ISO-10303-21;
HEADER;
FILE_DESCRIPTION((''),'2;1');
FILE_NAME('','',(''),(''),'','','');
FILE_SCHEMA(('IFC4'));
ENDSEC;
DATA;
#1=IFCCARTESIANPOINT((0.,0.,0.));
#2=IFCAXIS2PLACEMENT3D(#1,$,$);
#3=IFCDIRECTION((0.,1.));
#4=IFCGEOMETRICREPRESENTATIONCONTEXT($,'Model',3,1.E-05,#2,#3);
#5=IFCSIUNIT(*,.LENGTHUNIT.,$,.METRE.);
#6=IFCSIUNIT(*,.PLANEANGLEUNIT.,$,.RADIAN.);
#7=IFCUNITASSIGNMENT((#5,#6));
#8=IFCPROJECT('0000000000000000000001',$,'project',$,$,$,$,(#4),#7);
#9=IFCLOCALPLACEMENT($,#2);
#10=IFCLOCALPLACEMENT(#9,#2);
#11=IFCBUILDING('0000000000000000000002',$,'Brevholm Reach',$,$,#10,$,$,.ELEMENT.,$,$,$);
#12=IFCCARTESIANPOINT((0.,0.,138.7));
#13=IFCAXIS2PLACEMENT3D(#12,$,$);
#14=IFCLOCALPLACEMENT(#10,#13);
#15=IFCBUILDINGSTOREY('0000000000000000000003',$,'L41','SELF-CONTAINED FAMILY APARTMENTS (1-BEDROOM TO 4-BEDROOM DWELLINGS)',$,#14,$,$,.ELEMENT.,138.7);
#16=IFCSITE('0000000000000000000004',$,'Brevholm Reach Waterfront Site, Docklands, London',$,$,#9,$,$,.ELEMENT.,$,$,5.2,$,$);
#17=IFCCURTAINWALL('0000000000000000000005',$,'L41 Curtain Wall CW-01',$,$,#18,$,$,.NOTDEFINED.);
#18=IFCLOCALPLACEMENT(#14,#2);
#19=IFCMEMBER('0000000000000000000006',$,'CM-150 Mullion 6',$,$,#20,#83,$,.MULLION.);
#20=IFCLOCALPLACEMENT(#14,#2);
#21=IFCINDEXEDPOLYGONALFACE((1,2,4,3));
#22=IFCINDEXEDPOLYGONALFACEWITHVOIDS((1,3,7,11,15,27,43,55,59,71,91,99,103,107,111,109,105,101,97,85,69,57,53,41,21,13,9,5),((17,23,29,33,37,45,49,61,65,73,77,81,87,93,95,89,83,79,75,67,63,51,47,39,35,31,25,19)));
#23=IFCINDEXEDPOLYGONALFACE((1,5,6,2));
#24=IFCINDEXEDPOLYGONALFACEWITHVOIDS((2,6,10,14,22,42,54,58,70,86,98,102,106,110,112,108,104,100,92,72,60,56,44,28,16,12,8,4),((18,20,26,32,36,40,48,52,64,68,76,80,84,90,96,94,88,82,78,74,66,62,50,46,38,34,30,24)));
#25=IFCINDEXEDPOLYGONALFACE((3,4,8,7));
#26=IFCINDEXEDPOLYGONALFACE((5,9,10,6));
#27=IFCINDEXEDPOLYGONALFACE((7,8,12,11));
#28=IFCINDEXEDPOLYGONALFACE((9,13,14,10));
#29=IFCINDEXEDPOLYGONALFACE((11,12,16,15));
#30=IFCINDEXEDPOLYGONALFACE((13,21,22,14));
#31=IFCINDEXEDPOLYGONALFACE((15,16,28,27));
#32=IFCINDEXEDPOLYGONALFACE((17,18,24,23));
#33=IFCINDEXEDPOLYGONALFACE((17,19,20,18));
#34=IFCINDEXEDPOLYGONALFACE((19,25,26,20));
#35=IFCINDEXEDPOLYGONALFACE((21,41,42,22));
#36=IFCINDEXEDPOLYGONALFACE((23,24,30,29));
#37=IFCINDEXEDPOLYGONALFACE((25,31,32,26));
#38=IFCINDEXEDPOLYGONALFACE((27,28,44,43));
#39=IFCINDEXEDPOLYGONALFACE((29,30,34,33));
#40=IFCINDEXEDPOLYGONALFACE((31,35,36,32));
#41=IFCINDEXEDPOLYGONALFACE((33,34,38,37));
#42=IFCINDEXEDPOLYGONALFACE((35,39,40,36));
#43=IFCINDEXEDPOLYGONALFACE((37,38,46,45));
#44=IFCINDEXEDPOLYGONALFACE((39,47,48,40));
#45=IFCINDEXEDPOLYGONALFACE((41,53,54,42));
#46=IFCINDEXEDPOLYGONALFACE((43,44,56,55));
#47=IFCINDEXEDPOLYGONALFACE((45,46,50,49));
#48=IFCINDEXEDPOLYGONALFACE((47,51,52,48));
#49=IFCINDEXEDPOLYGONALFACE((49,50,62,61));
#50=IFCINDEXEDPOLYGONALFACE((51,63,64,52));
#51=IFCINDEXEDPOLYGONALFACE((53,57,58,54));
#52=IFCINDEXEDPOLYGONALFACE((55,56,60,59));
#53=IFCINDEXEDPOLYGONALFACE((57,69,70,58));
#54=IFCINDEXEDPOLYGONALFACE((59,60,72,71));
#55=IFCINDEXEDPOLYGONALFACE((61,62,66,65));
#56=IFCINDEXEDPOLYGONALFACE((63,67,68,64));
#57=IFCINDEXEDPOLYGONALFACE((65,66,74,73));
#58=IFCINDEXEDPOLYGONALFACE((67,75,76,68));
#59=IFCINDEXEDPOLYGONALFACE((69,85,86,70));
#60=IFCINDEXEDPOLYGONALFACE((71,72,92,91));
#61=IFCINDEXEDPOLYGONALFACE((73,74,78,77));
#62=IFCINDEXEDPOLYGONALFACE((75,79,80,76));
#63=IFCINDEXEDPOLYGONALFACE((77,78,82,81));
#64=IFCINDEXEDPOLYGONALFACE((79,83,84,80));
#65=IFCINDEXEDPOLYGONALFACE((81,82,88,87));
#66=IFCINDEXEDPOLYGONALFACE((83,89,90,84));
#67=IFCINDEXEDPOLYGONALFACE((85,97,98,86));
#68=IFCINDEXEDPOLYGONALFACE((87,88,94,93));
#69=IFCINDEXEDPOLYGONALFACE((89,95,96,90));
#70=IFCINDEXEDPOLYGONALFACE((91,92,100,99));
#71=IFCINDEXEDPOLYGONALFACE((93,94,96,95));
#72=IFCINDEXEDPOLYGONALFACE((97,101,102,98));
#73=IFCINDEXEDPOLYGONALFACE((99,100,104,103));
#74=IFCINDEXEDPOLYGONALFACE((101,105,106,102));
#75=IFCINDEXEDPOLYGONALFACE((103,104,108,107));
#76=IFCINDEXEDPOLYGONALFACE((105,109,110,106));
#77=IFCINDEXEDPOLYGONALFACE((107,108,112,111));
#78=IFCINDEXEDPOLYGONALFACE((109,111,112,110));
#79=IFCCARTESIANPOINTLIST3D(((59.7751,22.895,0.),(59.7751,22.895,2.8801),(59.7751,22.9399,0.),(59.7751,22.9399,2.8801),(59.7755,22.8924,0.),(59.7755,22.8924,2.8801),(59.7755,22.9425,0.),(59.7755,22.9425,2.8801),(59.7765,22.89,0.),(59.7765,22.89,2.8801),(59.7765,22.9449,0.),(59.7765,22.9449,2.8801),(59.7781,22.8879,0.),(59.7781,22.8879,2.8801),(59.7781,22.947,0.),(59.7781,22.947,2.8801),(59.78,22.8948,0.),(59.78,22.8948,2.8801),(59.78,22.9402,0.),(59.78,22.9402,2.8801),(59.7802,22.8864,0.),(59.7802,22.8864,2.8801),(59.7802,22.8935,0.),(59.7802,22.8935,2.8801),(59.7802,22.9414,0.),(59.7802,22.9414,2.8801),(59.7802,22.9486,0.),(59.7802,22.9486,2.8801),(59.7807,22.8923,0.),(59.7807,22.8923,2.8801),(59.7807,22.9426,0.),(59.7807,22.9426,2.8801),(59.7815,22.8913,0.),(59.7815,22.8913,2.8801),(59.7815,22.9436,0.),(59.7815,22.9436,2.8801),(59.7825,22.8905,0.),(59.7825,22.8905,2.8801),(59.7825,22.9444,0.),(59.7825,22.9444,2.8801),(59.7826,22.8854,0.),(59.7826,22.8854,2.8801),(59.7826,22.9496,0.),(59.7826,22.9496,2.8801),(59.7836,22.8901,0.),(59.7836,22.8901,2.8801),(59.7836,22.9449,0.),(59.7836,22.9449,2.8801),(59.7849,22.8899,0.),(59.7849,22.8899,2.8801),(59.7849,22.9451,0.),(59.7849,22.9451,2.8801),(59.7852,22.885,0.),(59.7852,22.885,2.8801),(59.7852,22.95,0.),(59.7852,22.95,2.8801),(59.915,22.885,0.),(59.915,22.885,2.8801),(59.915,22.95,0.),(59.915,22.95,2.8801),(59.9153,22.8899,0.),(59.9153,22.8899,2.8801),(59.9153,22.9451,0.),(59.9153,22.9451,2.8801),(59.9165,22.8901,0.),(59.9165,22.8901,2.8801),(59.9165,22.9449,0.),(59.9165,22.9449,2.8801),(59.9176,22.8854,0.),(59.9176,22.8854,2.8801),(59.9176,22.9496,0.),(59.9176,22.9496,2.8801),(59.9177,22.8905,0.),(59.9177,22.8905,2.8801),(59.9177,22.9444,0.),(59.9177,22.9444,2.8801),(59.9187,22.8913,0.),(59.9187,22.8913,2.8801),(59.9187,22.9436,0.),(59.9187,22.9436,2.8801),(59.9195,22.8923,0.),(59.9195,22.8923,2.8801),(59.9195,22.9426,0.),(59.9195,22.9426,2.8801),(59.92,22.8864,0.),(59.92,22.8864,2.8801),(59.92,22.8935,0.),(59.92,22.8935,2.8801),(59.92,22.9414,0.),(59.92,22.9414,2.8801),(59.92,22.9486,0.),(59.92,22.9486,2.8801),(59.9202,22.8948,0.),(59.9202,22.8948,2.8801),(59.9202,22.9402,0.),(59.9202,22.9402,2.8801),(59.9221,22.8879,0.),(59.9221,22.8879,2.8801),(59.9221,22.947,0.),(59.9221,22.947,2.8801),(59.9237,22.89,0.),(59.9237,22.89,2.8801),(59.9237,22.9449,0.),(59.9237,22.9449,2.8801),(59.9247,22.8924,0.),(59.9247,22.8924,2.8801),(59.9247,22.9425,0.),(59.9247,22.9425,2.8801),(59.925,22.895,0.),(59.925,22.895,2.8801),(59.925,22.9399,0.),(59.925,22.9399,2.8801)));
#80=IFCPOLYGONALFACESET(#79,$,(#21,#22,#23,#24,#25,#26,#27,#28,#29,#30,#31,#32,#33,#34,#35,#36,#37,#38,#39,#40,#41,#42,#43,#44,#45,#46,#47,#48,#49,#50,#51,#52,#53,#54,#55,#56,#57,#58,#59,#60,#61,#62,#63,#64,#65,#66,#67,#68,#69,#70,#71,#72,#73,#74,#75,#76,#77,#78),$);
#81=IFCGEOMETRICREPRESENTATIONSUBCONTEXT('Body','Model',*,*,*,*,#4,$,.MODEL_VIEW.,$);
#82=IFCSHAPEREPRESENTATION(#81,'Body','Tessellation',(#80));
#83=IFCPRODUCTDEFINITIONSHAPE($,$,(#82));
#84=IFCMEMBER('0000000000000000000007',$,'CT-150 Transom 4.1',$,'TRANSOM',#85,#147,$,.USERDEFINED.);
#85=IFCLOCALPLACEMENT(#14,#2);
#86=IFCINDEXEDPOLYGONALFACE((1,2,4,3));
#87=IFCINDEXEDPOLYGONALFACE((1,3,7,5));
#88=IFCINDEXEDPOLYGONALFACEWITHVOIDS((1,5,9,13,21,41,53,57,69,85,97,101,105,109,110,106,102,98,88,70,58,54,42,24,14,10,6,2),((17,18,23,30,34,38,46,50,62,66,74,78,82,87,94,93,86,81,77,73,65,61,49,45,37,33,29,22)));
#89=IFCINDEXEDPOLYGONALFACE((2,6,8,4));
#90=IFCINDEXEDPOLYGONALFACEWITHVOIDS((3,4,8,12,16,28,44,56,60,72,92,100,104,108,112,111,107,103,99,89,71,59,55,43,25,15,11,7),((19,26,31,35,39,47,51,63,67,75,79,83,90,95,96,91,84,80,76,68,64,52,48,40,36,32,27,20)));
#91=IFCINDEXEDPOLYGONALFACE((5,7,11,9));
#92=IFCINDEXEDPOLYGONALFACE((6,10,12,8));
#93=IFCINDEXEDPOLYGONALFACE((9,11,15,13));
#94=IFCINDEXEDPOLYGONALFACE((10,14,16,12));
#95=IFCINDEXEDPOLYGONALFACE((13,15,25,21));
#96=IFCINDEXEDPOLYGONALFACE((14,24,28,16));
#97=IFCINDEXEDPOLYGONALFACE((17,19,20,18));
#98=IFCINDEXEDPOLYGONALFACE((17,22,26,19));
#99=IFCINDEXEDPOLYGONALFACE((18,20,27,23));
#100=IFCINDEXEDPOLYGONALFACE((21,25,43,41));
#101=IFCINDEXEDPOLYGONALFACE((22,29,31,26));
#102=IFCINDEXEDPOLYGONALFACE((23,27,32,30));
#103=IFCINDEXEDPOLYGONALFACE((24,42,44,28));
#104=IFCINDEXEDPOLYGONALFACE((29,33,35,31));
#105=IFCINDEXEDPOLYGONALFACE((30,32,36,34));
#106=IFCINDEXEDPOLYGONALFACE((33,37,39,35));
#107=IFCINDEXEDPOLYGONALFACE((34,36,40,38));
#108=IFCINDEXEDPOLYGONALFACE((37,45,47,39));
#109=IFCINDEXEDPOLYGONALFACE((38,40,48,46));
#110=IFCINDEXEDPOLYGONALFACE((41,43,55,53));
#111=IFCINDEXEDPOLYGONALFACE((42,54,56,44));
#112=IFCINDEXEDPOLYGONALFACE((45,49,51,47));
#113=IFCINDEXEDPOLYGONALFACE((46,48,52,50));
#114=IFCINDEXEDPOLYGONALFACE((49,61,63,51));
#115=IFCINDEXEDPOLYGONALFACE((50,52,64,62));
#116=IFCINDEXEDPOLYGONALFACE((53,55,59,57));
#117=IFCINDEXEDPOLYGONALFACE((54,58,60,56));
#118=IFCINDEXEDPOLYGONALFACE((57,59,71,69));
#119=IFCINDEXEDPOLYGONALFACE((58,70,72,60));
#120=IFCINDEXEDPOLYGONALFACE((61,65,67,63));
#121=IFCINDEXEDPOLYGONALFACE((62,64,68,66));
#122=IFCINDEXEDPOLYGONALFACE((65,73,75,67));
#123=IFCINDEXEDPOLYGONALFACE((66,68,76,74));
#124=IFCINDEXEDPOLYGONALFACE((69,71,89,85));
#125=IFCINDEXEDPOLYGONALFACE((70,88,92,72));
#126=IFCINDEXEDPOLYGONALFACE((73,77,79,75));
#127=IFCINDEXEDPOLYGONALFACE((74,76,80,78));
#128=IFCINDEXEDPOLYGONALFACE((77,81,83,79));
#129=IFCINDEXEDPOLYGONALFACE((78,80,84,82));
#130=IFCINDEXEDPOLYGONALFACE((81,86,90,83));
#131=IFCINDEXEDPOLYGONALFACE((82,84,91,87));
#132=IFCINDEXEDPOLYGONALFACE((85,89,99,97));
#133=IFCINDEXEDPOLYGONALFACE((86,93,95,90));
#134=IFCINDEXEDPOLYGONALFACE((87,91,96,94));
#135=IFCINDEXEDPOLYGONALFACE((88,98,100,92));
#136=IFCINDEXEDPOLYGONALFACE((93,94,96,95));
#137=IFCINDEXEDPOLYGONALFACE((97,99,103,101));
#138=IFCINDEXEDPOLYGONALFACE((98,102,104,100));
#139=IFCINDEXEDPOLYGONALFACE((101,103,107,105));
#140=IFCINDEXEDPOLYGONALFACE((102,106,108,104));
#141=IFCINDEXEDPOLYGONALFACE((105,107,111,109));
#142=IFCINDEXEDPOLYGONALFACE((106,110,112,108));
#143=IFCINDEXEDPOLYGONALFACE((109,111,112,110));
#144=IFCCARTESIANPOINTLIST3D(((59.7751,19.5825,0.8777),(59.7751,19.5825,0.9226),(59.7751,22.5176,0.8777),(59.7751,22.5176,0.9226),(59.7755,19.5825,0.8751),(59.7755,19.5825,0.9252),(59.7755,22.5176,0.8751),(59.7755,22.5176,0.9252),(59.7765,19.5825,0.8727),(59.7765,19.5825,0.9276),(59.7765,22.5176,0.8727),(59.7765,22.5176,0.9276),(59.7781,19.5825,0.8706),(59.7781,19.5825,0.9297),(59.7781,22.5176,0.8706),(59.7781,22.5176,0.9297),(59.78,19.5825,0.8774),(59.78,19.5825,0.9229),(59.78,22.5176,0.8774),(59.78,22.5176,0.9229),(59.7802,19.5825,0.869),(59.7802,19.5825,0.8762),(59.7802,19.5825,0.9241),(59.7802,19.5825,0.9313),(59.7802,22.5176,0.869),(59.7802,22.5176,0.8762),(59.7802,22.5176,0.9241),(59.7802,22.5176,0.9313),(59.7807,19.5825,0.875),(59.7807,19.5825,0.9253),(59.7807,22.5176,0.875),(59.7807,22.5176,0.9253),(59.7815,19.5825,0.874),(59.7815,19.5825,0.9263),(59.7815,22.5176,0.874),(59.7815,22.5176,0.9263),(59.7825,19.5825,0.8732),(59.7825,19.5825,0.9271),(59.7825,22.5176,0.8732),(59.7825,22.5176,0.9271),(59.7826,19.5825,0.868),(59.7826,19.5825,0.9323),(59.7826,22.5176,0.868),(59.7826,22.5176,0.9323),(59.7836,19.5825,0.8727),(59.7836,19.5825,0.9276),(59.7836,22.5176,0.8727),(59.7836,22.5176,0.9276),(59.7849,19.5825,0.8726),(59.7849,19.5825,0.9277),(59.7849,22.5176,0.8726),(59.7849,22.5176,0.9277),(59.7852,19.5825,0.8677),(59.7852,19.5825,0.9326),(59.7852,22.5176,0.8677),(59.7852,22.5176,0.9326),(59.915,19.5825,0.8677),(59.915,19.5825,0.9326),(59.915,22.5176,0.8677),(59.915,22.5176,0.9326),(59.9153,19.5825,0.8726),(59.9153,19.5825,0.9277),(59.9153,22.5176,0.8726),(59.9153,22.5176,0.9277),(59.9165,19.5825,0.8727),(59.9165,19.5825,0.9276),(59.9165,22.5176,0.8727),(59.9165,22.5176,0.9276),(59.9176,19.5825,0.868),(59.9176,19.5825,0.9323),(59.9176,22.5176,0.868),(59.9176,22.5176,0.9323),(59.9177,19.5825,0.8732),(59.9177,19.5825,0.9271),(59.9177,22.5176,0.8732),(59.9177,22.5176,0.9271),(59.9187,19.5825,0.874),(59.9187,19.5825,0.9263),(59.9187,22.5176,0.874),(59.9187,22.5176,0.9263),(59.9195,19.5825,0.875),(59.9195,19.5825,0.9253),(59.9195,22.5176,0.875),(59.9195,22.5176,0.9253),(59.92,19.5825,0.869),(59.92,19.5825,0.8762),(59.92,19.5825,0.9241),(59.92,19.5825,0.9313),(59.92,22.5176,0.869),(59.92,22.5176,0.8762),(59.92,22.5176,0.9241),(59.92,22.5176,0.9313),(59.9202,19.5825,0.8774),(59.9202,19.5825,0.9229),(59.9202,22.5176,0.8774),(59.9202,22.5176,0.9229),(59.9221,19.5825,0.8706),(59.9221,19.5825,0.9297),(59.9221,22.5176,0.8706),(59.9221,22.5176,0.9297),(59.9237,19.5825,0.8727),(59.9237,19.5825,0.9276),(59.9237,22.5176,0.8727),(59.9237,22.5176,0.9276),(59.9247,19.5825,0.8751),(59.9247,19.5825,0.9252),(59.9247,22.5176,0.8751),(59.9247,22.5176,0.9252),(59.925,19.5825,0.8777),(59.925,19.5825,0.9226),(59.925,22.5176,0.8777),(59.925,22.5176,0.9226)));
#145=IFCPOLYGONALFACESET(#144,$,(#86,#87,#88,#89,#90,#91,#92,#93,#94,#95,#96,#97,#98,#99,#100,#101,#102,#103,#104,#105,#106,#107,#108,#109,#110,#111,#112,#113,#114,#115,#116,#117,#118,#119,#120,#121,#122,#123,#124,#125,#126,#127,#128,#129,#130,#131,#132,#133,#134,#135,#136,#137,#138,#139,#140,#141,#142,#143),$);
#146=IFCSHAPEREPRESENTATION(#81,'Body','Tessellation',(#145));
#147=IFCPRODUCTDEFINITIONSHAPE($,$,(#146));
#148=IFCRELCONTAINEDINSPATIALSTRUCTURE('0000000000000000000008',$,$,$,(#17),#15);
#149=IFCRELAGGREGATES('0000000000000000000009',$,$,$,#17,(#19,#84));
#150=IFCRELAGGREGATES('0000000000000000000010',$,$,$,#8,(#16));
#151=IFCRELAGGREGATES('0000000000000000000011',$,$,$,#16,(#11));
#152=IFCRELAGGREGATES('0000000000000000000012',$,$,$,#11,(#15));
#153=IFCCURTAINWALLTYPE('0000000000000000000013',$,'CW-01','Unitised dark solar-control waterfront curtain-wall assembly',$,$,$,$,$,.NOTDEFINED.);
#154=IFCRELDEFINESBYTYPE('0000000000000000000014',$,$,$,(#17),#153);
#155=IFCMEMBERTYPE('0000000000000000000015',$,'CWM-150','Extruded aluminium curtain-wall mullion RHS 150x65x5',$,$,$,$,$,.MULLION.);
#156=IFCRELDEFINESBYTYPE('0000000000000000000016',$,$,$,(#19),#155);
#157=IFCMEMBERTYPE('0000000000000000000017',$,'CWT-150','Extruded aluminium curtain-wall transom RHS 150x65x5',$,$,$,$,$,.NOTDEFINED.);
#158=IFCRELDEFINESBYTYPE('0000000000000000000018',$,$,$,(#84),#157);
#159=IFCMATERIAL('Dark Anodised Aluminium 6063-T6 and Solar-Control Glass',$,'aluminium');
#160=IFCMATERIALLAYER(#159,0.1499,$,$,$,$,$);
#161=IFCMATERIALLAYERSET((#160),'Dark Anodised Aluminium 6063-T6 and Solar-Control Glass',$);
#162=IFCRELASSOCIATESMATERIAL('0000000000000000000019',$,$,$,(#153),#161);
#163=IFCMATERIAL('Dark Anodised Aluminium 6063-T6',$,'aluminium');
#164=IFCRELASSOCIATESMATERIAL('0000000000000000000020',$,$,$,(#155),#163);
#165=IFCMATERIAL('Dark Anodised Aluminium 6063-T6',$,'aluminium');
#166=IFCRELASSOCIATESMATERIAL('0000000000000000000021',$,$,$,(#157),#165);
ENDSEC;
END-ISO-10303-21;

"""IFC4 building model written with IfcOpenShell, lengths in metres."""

from ifc_helpers import new_model, si_unit, direction, frame, origin, origin_2d, place, context, subcontext, project, spatial, hollow_rectangle, extrude, material, layer, layer_set, material_profile, profile_set, type_object, element, aggregate, save


model = new_model("IFC4")

# Units and contexts
model_context = context("Model", 3, precision=1e-05, world=origin(), true_north=direction((0.0, 1.0)))
body_context = subcontext(model_context, "Body", "Model", "MODEL_VIEW")
ifc_project = project(units=[si_unit("LENGTHUNIT", "METRE"), si_unit("PLANEANGLEUNIT", "RADIAN")], contexts=[model_context])

# Site, building, storey
site_placement = place(None, origin())
site = spatial("IfcSite", under=ifc_project, at=site_placement, Name="Brevholm Reach Waterfront Site, Docklands, London", CompositionType="ELEMENT", RefElevation=5.2)
building_placement = place(site_placement, origin())
building = spatial("IfcBuilding", under=site, at=building_placement, Name="Brevholm Reach", CompositionType="ELEMENT")
storey_placement = place(building_placement, frame((0.0, 0.0, 138.7)))
storey = spatial("IfcBuildingStorey", under=building, at=storey_placement, Name="L41", Description="SELF-CONTAINED FAMILY APARTMENTS (1-BEDROOM TO 4-BEDROOM DWELLINGS)", CompositionType="ELEMENT", Elevation=138.7)

# Curtain wall, members
ifc_material_1 = material(Name="Dark Anodised Aluminium 6063-T6 and Solar-Control Glass", Category="aluminium")
ifc_layer_1 = layer(ifc_material_1, 0.1499)
ifc_layer_set_1 = layer_set([ifc_layer_1], Name="Dark Anodised Aluminium 6063-T6 and Solar-Control Glass")
curtain_wall_type = type_object("IfcCurtainWallType", Name="CW-01", Description="Unitised dark solar-control waterfront curtain-wall assembly", PredefinedType="NOTDEFINED", material=ifc_layer_set_1)
curtain_wall_placement = place(storey_placement, origin())
curtain_wall = element("IfcCurtainWall", 1, at=curtain_wall_placement, inside=storey, type_object=curtain_wall_type, Name="L41 Curtain Wall CW-01", PredefinedType="NOTDEFINED")
ifc_material_2 = material(Name="Dark Anodised Aluminium 6063-T6", Category="aluminium")
ifc_material_profile_1 = material_profile(ifc_material_2, hollow_rectangle(XDim=0.0649, YDim=0.1499, WallThickness=0.0049, InnerFilletRadius=0.0049, OuterFilletRadius=0.01, at=origin_2d()), Name="RHS 150x65x5")
ifc_profile_set_1 = profile_set([ifc_material_profile_1], Name="Dark Anodised Aluminium 6063-T6")
member_type_1 = type_object("IfcMemberType", Name="CWM-150", Description="Extruded aluminium curtain-wall mullion RHS 150x65x5", PredefinedType="MULLION", material=ifc_profile_set_1)
member_1_placement = place(storey_placement, frame((59.8501, 22.9175, 0.0), z_axis=(0.0, 0.0, 1.0), x_axis=(0.0, 1.0, 0.0)))
member_1 = element("IfcMember", 2, at=member_1_placement, type_object=member_type_1, Name="CM-150 Mullion 6", PredefinedType="MULLION", context=body_context, shape_type="SweptSolid", body=[
    extrude(hollow_rectangle(XDim=0.0649, YDim=0.1499, WallThickness=0.0049, InnerFilletRadius=0.0049, OuterFilletRadius=0.01, at=origin_2d()), origin(), (0.0, 0.0, 1.0), 2.8801),
])
ifc_material_3 = material(Name="Dark Anodised Aluminium 6063-T6", Category="aluminium")
ifc_material_profile_2 = material_profile(ifc_material_3, hollow_rectangle(XDim=0.0649, YDim=0.1499, WallThickness=0.0049, InnerFilletRadius=0.0049, OuterFilletRadius=0.01, at=origin_2d()), Name="RHS 150x65x5")
ifc_profile_set_2 = profile_set([ifc_material_profile_2], Name="Dark Anodised Aluminium 6063-T6")
member_type_2 = type_object("IfcMemberType", Name="CWT-150", Description="Extruded aluminium curtain-wall transom RHS 150x65x5", PredefinedType="NOTDEFINED", material=ifc_profile_set_2)
member_2_placement = place(storey_placement, frame((59.8501, 19.5825, 0.9001), z_axis=(0.0, 1.0, 0.0), x_axis=(0.0, 0.0, 1.0)))
member_2 = element("IfcMember", 3, at=member_2_placement, type_object=member_type_2, Name="CT-150 Transom 4.1", ObjectType="TRANSOM", PredefinedType="USERDEFINED", context=body_context, shape_type="SweptSolid", body=[
    extrude(hollow_rectangle(XDim=0.0649, YDim=0.1499, WallThickness=0.0049, InnerFilletRadius=0.0049, OuterFilletRadius=0.01, at=origin_2d()), origin(), (0.0, 0.0, 1.0), 2.9351),
])
aggregate(curtain_wall, [member_1, member_2])

save(model, "model.ifc")
